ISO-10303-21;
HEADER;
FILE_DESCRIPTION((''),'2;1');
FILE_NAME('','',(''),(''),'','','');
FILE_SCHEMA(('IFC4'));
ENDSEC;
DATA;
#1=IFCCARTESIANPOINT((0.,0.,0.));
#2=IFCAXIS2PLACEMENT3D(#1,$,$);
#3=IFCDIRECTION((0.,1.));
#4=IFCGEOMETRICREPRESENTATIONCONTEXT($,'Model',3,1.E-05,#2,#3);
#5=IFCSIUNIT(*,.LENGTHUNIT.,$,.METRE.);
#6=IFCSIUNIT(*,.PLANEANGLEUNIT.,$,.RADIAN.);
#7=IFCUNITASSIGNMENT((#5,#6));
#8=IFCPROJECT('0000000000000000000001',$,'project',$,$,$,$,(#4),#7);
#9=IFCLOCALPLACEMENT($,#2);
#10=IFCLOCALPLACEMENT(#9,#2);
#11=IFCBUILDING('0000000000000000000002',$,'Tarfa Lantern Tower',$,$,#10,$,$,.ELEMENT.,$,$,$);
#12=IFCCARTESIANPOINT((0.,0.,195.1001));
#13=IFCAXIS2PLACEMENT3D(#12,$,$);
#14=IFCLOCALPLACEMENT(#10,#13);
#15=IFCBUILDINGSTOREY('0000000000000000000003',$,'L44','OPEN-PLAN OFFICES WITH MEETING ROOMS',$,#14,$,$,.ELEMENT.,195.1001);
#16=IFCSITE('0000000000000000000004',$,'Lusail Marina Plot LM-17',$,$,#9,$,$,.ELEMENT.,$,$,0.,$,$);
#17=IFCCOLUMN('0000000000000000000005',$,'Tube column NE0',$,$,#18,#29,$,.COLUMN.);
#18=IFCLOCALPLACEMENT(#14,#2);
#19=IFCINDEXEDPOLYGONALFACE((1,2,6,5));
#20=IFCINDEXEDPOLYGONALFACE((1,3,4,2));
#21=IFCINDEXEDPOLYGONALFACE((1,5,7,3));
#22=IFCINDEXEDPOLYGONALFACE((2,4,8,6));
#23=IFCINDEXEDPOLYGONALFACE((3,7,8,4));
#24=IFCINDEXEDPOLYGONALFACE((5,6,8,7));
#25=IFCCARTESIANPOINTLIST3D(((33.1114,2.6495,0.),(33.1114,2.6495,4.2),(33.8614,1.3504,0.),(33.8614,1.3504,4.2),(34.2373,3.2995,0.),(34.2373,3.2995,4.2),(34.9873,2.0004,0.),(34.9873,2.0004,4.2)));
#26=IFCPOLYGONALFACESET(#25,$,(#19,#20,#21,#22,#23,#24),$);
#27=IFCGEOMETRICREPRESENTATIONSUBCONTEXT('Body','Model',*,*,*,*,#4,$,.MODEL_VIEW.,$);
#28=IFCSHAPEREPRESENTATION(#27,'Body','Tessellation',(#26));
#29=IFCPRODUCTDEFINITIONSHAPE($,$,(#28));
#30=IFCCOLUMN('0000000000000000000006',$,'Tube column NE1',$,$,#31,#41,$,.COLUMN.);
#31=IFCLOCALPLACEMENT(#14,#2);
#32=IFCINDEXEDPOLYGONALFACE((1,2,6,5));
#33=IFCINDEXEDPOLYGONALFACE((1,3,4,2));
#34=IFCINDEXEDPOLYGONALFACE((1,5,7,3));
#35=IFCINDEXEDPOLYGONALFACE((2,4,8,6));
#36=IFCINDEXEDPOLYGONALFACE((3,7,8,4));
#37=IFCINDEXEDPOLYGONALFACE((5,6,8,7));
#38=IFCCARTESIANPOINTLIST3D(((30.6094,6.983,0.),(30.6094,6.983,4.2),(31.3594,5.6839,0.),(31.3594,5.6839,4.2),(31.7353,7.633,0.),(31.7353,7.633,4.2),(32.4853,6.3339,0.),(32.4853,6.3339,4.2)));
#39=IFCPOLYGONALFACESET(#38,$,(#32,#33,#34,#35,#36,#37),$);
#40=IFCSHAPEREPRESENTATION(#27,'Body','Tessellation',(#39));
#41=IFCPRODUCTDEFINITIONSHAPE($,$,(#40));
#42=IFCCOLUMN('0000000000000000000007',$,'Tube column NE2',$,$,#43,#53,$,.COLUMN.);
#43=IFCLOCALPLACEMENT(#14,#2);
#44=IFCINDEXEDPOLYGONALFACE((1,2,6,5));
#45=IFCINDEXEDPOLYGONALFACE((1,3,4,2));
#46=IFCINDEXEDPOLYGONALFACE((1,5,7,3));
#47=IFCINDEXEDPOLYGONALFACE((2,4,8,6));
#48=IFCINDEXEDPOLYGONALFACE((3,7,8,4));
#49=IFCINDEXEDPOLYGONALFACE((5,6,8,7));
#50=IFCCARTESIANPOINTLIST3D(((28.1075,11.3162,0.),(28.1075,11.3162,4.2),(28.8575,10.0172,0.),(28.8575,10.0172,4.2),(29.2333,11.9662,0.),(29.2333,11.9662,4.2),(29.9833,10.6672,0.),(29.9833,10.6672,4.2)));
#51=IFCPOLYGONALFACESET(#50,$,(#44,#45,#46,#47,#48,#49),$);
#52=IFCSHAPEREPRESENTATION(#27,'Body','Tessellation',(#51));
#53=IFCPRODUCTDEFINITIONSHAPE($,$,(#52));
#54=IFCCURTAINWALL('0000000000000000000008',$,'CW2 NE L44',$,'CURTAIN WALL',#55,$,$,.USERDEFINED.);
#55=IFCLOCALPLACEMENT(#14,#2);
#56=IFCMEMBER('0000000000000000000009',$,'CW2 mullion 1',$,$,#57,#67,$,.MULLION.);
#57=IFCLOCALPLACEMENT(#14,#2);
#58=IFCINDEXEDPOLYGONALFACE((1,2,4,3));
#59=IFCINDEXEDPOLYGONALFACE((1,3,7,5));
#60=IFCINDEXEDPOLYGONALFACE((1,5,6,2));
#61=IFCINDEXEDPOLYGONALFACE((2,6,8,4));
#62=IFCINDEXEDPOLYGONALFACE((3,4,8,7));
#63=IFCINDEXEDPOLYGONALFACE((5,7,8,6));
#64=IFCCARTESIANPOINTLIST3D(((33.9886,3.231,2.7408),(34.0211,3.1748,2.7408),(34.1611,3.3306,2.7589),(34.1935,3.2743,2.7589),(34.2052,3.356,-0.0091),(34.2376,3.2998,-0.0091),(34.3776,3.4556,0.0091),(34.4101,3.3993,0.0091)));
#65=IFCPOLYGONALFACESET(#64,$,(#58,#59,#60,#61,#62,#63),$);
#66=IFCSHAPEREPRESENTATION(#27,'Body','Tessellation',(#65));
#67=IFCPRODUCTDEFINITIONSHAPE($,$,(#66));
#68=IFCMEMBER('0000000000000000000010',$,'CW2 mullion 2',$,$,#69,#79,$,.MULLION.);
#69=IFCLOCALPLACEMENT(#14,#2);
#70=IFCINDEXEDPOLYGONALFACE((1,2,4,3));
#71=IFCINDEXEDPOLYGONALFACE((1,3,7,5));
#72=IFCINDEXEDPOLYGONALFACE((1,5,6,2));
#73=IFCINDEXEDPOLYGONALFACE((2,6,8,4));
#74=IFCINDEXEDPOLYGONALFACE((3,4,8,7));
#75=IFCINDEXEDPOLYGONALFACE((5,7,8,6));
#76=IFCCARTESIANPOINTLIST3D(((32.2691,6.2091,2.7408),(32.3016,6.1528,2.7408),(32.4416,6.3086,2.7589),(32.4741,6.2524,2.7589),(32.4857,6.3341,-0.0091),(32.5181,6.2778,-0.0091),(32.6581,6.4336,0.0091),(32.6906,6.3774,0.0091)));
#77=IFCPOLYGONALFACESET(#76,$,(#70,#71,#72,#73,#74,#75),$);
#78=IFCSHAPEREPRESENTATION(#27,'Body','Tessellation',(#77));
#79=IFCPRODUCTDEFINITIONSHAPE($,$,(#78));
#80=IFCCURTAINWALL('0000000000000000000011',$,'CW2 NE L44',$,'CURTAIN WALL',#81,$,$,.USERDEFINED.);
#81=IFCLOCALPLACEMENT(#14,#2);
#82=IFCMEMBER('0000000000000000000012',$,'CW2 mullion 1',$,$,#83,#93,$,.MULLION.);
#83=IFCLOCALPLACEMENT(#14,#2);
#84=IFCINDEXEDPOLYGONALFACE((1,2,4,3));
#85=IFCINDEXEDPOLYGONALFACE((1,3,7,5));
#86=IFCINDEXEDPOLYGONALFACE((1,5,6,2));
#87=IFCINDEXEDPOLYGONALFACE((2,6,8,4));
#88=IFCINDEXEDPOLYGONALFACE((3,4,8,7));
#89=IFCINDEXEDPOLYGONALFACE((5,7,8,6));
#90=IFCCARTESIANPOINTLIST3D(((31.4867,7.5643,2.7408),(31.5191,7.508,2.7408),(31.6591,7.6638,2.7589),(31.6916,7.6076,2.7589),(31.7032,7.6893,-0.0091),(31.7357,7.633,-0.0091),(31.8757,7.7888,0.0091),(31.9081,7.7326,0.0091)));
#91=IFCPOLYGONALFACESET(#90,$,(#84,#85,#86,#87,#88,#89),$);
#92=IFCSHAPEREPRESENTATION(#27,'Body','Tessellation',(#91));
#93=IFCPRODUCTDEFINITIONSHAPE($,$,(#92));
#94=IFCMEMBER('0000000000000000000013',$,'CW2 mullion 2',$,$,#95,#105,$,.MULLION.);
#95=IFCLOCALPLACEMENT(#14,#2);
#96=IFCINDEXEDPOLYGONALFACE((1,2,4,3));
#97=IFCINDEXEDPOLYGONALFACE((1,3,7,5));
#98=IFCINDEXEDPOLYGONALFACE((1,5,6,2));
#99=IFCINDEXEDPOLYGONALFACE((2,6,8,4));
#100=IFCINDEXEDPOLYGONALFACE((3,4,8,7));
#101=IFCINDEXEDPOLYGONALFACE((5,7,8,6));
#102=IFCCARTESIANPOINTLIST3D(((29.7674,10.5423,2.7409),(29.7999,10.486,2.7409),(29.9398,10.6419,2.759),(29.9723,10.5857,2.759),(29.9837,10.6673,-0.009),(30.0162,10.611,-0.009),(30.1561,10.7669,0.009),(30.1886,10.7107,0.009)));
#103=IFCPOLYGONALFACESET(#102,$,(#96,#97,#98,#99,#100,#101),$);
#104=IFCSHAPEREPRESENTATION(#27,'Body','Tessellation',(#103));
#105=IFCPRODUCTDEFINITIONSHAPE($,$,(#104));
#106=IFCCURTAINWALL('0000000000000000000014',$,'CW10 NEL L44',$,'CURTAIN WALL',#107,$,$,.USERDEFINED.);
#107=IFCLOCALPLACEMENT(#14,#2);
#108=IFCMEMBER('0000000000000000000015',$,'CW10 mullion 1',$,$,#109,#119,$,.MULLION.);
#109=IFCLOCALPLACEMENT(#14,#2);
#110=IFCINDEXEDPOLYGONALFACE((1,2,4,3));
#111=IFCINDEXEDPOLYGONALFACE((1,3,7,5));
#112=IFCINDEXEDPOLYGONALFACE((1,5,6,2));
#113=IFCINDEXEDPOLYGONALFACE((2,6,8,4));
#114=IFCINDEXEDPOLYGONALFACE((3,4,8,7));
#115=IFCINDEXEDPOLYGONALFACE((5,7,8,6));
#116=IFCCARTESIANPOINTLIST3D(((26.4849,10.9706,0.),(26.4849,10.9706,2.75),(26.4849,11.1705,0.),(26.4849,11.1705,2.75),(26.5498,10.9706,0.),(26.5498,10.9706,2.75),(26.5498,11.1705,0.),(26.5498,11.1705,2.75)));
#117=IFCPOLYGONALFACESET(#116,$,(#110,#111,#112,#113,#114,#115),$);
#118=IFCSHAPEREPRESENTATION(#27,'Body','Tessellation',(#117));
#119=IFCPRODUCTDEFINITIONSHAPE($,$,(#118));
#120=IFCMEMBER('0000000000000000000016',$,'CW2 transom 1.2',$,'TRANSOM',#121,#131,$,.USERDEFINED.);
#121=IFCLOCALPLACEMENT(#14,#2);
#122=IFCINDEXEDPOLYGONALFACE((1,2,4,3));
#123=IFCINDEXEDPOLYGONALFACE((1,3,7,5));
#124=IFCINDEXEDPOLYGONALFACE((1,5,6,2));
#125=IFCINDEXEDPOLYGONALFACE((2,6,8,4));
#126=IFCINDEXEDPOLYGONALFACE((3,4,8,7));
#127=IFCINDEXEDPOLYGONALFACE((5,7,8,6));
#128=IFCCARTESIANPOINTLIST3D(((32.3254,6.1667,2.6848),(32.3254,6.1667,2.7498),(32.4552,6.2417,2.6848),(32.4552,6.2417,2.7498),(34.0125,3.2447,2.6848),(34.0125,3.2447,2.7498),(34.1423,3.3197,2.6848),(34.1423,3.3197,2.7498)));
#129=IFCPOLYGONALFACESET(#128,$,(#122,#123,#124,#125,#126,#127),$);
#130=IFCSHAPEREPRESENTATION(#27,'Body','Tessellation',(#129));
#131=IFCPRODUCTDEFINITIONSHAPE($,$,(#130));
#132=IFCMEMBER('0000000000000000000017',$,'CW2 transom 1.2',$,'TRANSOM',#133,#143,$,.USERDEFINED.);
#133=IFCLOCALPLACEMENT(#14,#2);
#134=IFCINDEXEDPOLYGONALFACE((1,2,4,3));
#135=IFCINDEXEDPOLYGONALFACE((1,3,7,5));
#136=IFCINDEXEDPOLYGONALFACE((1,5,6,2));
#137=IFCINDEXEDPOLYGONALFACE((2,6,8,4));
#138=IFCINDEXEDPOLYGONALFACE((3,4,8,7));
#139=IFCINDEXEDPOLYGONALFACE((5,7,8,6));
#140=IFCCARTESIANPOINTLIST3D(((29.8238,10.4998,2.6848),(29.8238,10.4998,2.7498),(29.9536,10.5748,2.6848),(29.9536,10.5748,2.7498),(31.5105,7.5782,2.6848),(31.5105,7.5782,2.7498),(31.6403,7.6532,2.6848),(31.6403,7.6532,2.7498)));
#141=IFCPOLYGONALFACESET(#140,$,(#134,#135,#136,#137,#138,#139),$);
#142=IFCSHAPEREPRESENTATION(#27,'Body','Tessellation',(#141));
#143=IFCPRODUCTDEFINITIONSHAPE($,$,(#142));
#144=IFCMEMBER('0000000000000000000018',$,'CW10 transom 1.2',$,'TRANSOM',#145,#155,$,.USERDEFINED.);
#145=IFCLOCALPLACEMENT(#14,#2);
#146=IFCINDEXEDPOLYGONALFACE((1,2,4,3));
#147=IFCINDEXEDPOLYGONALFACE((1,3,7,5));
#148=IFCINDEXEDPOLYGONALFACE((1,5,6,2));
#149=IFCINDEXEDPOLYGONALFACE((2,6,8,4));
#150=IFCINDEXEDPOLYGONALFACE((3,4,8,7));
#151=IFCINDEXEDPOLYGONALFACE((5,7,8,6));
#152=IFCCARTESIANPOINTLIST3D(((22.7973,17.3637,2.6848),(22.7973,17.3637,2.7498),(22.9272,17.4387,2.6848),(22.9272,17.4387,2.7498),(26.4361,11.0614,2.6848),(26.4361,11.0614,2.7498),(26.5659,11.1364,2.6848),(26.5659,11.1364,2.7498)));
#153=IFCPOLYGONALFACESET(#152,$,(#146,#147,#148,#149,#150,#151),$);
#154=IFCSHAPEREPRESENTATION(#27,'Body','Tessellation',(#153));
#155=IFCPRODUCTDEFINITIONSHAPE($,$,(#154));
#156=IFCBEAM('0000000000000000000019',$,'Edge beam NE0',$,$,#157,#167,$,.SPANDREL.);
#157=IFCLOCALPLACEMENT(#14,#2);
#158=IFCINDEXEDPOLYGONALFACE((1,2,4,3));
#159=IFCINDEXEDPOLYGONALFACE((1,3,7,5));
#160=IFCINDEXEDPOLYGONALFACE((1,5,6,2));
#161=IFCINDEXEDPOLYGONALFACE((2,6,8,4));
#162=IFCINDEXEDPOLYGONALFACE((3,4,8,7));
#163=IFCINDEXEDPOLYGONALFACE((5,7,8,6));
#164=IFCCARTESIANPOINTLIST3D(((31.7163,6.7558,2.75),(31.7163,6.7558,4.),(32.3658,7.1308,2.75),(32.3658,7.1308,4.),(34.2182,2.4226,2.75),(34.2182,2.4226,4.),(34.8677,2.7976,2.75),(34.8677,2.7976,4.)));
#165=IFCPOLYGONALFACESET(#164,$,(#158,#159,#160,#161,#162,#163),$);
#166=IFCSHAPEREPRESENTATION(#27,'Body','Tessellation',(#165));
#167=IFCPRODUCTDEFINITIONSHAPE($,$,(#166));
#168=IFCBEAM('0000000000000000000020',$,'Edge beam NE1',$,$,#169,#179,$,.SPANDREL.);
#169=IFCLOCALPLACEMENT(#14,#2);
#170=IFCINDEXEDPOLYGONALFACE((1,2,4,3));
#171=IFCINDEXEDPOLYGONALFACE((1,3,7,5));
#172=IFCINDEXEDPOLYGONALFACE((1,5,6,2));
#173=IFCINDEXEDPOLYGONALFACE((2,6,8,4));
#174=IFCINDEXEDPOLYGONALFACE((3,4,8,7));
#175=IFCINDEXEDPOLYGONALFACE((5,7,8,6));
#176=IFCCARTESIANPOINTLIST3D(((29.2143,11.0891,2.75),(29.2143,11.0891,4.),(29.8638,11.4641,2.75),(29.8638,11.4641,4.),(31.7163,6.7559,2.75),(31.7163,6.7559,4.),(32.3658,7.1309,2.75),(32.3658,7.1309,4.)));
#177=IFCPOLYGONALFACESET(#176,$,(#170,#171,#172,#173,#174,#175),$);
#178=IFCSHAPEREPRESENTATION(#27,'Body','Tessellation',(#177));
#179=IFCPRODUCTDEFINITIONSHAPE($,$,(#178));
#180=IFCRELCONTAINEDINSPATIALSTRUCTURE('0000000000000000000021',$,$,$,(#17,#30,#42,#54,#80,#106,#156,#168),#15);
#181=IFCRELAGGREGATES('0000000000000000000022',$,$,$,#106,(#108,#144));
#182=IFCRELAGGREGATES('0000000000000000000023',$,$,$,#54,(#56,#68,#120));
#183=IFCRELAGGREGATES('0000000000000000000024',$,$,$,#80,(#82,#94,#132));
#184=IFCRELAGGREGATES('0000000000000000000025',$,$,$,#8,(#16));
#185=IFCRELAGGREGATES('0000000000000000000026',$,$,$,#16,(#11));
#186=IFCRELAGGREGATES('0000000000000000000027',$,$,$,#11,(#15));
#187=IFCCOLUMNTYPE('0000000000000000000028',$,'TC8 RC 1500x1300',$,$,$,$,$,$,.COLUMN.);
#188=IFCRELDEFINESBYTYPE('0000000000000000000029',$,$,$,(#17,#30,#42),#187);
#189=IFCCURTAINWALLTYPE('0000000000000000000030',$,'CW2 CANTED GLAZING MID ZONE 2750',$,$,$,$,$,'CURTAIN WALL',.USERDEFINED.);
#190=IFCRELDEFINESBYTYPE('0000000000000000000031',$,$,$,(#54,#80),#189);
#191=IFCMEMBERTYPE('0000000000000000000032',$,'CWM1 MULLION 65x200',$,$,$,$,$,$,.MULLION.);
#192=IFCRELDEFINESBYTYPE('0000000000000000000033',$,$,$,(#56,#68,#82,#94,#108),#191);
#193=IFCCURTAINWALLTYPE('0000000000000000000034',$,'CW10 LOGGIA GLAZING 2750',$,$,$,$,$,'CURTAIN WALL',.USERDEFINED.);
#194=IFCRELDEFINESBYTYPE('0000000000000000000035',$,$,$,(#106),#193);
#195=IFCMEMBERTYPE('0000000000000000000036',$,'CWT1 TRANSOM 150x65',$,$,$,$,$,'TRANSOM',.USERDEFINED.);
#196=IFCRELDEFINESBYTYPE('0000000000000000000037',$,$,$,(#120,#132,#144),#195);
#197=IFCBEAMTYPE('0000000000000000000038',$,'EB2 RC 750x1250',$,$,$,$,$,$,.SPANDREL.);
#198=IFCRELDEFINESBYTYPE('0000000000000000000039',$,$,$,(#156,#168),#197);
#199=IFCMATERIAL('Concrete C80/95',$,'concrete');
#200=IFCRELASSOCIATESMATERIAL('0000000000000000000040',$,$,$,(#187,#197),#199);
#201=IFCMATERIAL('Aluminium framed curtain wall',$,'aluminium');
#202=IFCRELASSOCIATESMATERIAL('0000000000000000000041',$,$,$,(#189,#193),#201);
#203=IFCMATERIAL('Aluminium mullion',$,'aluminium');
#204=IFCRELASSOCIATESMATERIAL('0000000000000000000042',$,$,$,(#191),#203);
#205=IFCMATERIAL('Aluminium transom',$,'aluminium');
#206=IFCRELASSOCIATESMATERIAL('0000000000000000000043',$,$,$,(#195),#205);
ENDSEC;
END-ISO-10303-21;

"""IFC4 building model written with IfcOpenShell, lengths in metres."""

from ifc_helpers import new_model, si_unit, direction, frame, origin, origin_2d, place, context, subcontext, project, spatial, rectangle, extrude, material, material_profile, profile_set, type_object, element, aggregate, save


model = new_model("IFC4")

# Units and contexts
model_context = context("Model", 3, precision=1e-05, world=origin(), true_north=direction((0.0, 1.0)))
body_context = subcontext(model_context, "Body", "Model", "MODEL_VIEW")
ifc_project = project(units=[si_unit("LENGTHUNIT", "METRE"), si_unit("PLANEANGLEUNIT", "RADIAN")], contexts=[model_context])

# Site, building, storey
site_placement = place(None, origin())
site = spatial("IfcSite", under=ifc_project, at=site_placement, Name="Lusail Marina Plot LM-17", CompositionType="ELEMENT", RefElevation=0.0)
building_placement = place(site_placement, origin())
building = spatial("IfcBuilding", under=site, at=building_placement, Name="Tarfa Lantern Tower", CompositionType="ELEMENT")
storey_placement = place(building_placement, frame((0.0, 0.0, 195.1001)))
storey = spatial("IfcBuildingStorey", under=building, at=storey_placement, Name="L44", Description="OPEN-PLAN OFFICES WITH MEETING ROOMS", CompositionType="ELEMENT", Elevation=195.1001)

# Columns
ifc_material_1 = material(Name="Concrete C80/95", Category="concrete")
ifc_material_profile_1 = material_profile(ifc_material_1, rectangle(XDim=1.5, YDim=1.3, at=origin_2d()), Name="RC 1500x1300")
ifc_profile_set_1 = profile_set([ifc_material_profile_1], Name="Concrete C80/95")
column_type = type_object("IfcColumnType", Name="TC8 RC 1500x1300", PredefinedType="COLUMN", material=ifc_profile_set_1)
for number, where, z_axis, x_axis, name in (
    (1, (34.0493, 2.325, 0.0), (0.0, 0.0, 1.0), (-0.5, 0.866025, 0.0), "Tube column NE0"),
    (2, (31.5474, 6.6584, 0.0), (0.0, 0.0, 1.0), (-0.5, 0.866025, 0.0), "Tube column NE1"),
    (3, (29.0454, 10.9917, 0.0), (0.0, 0.0, 1.0), (-0.5, 0.866025, 0.0), "Tube column NE2"),
):
    element("IfcColumn", number, at=place(storey_placement, frame(where, z_axis=z_axis, x_axis=x_axis)), inside=storey, type_object=column_type, Name=name, PredefinedType="COLUMN", context=body_context, shape_type="SweptSolid", body=[
        extrude(rectangle(XDim=1.5, YDim=1.3, at=origin_2d()), origin(), (0.0, 0.0, 1.0), 4.2),
    ])

# Curtain walls, members
ifc_material_2 = material(Name="Aluminium framed curtain wall", Category="aluminium")
curtain_wall_type_1 = type_object("IfcCurtainWallType", Name="CW2 CANTED GLAZING MID ZONE 2750", ElementType="CURTAIN WALL", PredefinedType="USERDEFINED", material=ifc_material_2)
curtain_wall_1_placement = place(storey_placement, origin())
curtain_wall_1 = element("IfcCurtainWall", 4, at=curtain_wall_1_placement, inside=storey, type_object=curtain_wall_type_1, Name="CW2 NE L44", ObjectType="CURTAIN WALL", PredefinedType="USERDEFINED")
ifc_material_3 = material(Name="Aluminium mullion", Category="aluminium")
ifc_material_profile_2 = material_profile(ifc_material_3, rectangle(XDim=0.0649, YDim=0.2, at=origin_2d()), Name="AL MULLION 65x200")
ifc_profile_set_2 = profile_set([ifc_material_profile_2], Name="Aluminium mullion")
member_type_1 = type_object("IfcMemberType", Name="CWM1 MULLION 65x200", PredefinedType="MULLION", material=ifc_profile_set_2)
member_1_placement = place(storey_placement, frame((34.3076, 3.3777, 0.0), z_axis=(-0.078423, -0.045268, 0.995892), x_axis=(0.49992, -0.866072, 0.0)))
member_1 = element("IfcMember", 5, at=member_1_placement, type_object=member_type_1, Name="CW2 mullion 1", PredefinedType="MULLION", context=body_context, shape_type="SweptSolid", body=[
    extrude(rectangle(XDim=0.0649, YDim=0.2, at=origin_2d()), origin(), (0.0, 0.0, 1.0), 2.7612),
])
member_2_placement = place(storey_placement, frame((32.5881, 6.3557, 0.0), z_axis=(-0.078423, -0.045268, 0.995892), x_axis=(0.49992, -0.866072, 0.0)))
member_2 = element("IfcMember", 6, at=member_2_placement, type_object=member_type_1, Name="CW2 mullion 2", PredefinedType="MULLION", context=body_context, shape_type="SweptSolid", body=[
    extrude(rectangle(XDim=0.0649, YDim=0.2, at=origin_2d()), origin(), (0.0, 0.0, 1.0), 2.7612),
])
curtain_wall_2_placement = place(storey_placement, origin())
curtain_wall_2 = element("IfcCurtainWall", 7, at=curtain_wall_2_placement, inside=storey, type_object=curtain_wall_type_1, Name="CW2 NE L44", ObjectType="CURTAIN WALL", PredefinedType="USERDEFINED")
member_3_placement = place(storey_placement, frame((31.8057, 7.7109, 0.0), z_axis=(-0.078423, -0.045268, 0.995892), x_axis=(0.49992, -0.866072, 0.0)))
member_3 = element("IfcMember", 8, at=member_3_placement, type_object=member_type_1, Name="CW2 mullion 1", PredefinedType="MULLION", context=body_context, shape_type="SweptSolid", body=[
    extrude(rectangle(XDim=0.0649, YDim=0.2, at=origin_2d()), origin(), (0.0, 0.0, 1.0), 2.7612),
])
member_4_placement = place(storey_placement, frame((30.0862, 10.689, 0.0), z_axis=(-0.078335, -0.045268, 0.995899), x_axis=(0.500343, -0.865827, 0.0)))
member_4 = element("IfcMember", 9, at=member_4_placement, type_object=member_type_1, Name="CW2 mullion 2", PredefinedType="MULLION", context=body_context, shape_type="SweptSolid", body=[
    extrude(rectangle(XDim=0.0649, YDim=0.2, at=origin_2d()), origin(), (0.0, 0.0, 1.0), 2.7612),
])

# Curtain wall, member
curtain_wall_type_2 = type_object("IfcCurtainWallType", Name="CW10 LOGGIA GLAZING 2750", ElementType="CURTAIN WALL", PredefinedType="USERDEFINED", material=ifc_material_2)
curtain_wall_3_placement = place(storey_placement, origin())
curtain_wall_3 = element("IfcCurtainWall", 10, at=curtain_wall_3_placement, inside=storey, type_object=curtain_wall_type_2, Name="CW10 NEL L44", ObjectType="CURTAIN WALL", PredefinedType="USERDEFINED")
member_5_placement = place(storey_placement, frame((26.5173, 11.0706, 0.0), z_axis=(0.0, 0.0, 1.0), x_axis=(1.0, 0.0, 0.0)))
member_5 = element("IfcMember", 11, at=member_5_placement, type_object=member_type_1, Name="CW10 mullion 1", PredefinedType="MULLION", context=body_context, shape_type="SweptSolid", body=[
    extrude(rectangle(XDim=0.0649, YDim=0.2, at=origin_2d()), origin(), (0.0, 0.0, 1.0), 2.75),
])

# Members
ifc_material_4 = material(Name="Aluminium transom", Category="aluminium")
ifc_material_profile_3 = material_profile(ifc_material_4, rectangle(XDim=0.1499, YDim=0.0649, at=origin_2d()), Name="AL TRANSOM 150x65")
ifc_profile_set_3 = profile_set([ifc_material_profile_3], Name="Aluminium transom")
member_type_2 = type_object("IfcMemberType", Name="CWT1 TRANSOM 150x65", ElementType="TRANSOM", PredefinedType="USERDEFINED", material=ifc_profile_set_3)
member_6_placement = place(storey_placement, frame((34.0774, 3.2822, 2.7173), z_axis=(-0.500015, 0.866017, 0.0), x_axis=(-0.866017, -0.500015, 0.0)))
member_6 = element("IfcMember", 12, at=member_6_placement, type_object=member_type_2, Name="CW2 transom 1.2", ObjectType="TRANSOM", PredefinedType="USERDEFINED", context=body_context, shape_type="SweptSolid", body=[
    extrude(rectangle(XDim=0.1499, YDim=0.0649, at=origin_2d()), origin(), (0.0, 0.0, 1.0), 3.374),
])
member_7_placement = place(storey_placement, frame((31.5754, 7.6157, 2.7173), z_axis=(-0.499992, 0.86603, 0.0), x_axis=(-0.86603, -0.499992, 0.0)))
member_7 = element("IfcMember", 13, at=member_7_placement, type_object=member_type_2, Name="CW2 transom 1.2", ObjectType="TRANSOM", PredefinedType="USERDEFINED", context=body_context, shape_type="SweptSolid", body=[
    extrude(rectangle(XDim=0.1499, YDim=0.0649, at=origin_2d()), origin(), (0.0, 0.0, 1.0), 3.3735),
])
member_8_placement = place(storey_placement, frame((26.501, 11.0989, 2.7173), z_axis=(-0.500007, 0.866021, 0.0), x_axis=(-0.866021, -0.500007, 0.0)))
member_8 = element("IfcMember", 14, at=member_8_placement, type_object=member_type_2, Name="CW10 transom 1.2", ObjectType="TRANSOM", PredefinedType="USERDEFINED", context=body_context, shape_type="SweptSolid", body=[
    extrude(rectangle(XDim=0.1499, YDim=0.0649, at=origin_2d()), origin(), (0.0, 0.0, 1.0), 7.2773),
])
aggregate(curtain_wall_3, [member_5, member_8])

# Beams
ifc_material_profile_4 = material_profile(ifc_material_1, rectangle(XDim=0.75, YDim=1.25, at=origin_2d()), Name="RC 750x1250")
ifc_profile_set_4 = profile_set([ifc_material_profile_4], Name="Concrete C80/95")
beam_type_1 = type_object("IfcBeamType", Name="EB2 RC 750x1250", PredefinedType="SPANDREL", material=ifc_profile_set_4)
for number, where, z_axis, x_axis, name in (
    (15, (34.543, 2.6101, 3.375), (-0.500022, 0.866013, 0.0), (-0.866013, -0.500022, 0.0), "Edge beam NE0"),
    (16, (32.041, 6.9434, 3.375), (-0.500022, 0.866013, 0.0), (-0.866013, -0.500022, 0.0), "Edge beam NE1"),
):
    element("IfcBeam", number, at=place(storey_placement, frame(where, z_axis=z_axis, x_axis=x_axis)), inside=storey, type_object=beam_type_1, Name=name, PredefinedType="SPANDREL", context=body_context, shape_type="SweptSolid", body=[
        extrude(rectangle(XDim=0.75, YDim=1.25, at=origin_2d()), origin(), (0.0, 0.0, 1.0), 5.0037),
    ])

aggregate(curtain_wall_1, [member_1, member_2, member_6])
aggregate(curtain_wall_2, [member_3, member_4, member_7])

save(model, "model.ifc")
